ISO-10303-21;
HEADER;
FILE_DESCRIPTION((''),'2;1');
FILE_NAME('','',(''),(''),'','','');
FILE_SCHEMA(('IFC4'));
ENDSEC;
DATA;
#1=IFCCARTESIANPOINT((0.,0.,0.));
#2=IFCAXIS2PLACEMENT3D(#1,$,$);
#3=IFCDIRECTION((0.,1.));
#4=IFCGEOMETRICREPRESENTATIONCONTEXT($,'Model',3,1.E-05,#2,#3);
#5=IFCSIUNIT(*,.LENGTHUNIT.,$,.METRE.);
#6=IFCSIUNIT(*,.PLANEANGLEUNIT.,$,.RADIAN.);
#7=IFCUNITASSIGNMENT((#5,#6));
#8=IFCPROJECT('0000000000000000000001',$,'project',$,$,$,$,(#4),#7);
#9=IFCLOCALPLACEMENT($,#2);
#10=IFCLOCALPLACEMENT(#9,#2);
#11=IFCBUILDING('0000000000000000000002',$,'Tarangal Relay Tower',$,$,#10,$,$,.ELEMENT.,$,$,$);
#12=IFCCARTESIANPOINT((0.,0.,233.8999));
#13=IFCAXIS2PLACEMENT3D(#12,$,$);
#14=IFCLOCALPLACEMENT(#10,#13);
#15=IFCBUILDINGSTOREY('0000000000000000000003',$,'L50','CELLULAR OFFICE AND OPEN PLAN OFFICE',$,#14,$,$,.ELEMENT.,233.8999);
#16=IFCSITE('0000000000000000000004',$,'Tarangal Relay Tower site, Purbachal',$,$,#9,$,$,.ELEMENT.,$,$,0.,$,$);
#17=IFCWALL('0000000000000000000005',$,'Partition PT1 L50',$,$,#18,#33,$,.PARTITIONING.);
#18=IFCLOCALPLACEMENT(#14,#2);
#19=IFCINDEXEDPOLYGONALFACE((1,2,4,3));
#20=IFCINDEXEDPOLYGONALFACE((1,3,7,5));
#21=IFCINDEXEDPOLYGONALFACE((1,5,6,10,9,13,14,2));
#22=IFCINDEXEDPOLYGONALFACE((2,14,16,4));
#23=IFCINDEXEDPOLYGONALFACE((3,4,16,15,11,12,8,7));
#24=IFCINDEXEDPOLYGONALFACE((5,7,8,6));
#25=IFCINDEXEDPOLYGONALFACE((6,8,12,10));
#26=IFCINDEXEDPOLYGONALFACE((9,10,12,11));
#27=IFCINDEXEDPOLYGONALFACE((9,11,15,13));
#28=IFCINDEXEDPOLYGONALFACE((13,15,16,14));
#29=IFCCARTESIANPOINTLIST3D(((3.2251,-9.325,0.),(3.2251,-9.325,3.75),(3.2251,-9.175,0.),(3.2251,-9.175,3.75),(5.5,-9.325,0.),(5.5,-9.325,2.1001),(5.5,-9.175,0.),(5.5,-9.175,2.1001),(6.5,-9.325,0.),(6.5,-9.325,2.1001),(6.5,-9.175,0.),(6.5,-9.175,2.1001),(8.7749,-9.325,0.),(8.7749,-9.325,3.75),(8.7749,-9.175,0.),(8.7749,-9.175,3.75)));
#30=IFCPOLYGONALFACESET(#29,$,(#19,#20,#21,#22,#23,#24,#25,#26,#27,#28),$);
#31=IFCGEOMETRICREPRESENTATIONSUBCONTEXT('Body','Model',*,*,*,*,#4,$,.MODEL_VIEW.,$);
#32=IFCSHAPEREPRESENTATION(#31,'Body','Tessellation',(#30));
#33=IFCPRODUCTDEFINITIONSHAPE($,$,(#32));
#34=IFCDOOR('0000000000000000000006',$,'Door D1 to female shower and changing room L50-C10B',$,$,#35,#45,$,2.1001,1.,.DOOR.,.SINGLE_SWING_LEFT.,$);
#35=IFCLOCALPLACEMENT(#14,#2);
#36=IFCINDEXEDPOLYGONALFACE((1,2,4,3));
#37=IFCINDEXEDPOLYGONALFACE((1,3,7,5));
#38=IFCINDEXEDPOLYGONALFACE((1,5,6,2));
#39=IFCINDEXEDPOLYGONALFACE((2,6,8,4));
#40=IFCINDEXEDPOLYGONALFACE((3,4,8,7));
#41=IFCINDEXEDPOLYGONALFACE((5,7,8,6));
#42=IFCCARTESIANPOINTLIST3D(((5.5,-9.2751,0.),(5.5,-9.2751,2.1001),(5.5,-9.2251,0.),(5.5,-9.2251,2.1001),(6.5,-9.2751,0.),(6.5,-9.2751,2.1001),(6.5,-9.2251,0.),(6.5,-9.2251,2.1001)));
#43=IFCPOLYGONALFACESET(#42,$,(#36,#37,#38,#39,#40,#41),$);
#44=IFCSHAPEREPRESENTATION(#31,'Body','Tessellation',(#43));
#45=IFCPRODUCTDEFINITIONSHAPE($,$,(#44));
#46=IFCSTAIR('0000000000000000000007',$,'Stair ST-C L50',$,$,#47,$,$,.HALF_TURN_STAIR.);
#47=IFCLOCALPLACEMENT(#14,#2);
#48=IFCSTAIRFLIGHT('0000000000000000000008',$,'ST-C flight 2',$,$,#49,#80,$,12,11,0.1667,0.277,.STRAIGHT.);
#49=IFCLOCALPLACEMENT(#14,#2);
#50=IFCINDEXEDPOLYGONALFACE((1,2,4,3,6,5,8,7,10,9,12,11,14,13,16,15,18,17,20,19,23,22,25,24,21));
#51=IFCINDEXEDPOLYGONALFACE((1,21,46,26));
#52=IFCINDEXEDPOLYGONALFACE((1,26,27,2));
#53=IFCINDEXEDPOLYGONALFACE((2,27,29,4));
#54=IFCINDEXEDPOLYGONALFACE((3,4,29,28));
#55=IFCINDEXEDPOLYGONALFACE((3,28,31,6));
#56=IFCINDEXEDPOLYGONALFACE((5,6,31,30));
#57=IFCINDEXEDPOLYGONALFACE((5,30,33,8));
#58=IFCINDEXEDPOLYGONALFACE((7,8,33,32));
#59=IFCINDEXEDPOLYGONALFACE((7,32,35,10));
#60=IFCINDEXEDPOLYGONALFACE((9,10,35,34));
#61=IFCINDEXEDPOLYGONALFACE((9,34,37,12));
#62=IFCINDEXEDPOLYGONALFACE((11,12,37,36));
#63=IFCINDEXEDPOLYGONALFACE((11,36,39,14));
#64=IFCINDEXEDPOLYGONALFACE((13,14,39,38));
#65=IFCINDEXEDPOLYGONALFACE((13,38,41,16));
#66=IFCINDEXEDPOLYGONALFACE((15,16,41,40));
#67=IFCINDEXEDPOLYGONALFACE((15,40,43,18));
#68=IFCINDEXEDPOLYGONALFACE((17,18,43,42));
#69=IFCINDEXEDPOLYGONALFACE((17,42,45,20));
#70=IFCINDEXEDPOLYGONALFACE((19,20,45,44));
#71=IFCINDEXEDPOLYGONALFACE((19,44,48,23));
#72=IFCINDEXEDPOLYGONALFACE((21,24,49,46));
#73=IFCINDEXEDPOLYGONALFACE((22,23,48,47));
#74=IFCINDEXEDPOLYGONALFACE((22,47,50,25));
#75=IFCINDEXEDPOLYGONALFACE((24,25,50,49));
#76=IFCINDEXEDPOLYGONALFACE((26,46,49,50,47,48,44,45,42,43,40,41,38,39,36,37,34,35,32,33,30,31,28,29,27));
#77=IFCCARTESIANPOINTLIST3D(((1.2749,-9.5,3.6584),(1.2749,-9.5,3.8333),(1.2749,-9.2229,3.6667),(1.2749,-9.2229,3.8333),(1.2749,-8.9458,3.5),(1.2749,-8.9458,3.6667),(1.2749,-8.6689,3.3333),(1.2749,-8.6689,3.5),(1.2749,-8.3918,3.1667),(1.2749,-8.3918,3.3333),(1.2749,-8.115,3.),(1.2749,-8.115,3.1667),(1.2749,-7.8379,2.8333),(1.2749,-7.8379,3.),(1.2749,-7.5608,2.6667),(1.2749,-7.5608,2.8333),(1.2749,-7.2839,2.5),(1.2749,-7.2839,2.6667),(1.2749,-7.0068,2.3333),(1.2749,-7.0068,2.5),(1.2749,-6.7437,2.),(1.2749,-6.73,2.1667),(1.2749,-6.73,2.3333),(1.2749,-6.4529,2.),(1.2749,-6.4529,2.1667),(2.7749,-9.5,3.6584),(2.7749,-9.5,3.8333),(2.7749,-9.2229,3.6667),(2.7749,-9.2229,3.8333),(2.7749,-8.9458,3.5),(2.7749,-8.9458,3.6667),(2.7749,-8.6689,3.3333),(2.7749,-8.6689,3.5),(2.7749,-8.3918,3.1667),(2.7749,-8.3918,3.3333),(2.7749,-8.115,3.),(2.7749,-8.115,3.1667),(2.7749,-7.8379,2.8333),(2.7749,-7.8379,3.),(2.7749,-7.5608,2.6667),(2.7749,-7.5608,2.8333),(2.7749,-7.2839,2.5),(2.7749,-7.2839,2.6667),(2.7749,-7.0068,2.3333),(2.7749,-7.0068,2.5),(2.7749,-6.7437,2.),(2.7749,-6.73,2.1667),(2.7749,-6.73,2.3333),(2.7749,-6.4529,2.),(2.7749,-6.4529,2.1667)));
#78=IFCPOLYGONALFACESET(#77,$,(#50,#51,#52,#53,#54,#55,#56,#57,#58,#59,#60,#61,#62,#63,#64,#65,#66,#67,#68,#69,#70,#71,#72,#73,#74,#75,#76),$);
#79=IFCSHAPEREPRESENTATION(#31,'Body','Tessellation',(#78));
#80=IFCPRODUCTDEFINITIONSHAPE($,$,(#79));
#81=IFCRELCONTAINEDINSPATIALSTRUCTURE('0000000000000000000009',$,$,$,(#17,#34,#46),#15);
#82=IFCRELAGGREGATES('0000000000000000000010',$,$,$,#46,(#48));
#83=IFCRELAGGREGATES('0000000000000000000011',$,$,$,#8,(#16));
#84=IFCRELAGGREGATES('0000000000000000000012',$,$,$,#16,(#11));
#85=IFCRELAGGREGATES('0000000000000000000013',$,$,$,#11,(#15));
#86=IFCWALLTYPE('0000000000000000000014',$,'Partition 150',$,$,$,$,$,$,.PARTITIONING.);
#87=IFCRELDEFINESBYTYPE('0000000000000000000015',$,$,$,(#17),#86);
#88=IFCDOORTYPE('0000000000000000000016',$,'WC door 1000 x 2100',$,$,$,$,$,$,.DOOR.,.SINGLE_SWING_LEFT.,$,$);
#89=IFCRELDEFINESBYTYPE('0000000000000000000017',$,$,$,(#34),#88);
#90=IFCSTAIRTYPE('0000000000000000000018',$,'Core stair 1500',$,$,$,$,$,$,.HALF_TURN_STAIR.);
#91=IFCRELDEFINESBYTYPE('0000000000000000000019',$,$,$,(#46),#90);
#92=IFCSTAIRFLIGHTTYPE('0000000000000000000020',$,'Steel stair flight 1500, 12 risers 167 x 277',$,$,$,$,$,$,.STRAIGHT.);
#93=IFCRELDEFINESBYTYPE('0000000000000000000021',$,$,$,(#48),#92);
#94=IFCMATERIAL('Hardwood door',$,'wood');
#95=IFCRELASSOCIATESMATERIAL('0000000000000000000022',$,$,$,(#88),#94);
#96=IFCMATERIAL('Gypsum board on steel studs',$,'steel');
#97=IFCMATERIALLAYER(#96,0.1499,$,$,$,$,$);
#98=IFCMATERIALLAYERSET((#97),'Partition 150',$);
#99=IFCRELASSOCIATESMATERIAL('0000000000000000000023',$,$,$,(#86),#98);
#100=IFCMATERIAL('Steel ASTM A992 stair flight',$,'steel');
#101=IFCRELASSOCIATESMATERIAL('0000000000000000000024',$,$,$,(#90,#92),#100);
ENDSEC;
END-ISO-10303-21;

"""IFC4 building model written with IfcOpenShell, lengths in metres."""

from ifc_helpers import new_model, si_unit, direction, frame, frame_2d, origin, place, context, subcontext, project, spatial, polyline, rectangle, outline, extrude, material, layer, layer_set, type_object, element, fill, aggregate, save


model = new_model("IFC4")

# Units and contexts
model_context = context("Model", 3, precision=1e-05, world=origin(), true_north=direction((0.0, 1.0)))
body_context = subcontext(model_context, "Body", "Model", "MODEL_VIEW")
ifc_project = project(units=[si_unit("LENGTHUNIT", "METRE"), si_unit("PLANEANGLEUNIT", "RADIAN")], contexts=[model_context])

# Site, building, storey
site_placement = place(None, origin())
site = spatial("IfcSite", under=ifc_project, at=site_placement, Name="Tarangal Relay Tower site, Purbachal", CompositionType="ELEMENT", RefElevation=0.0)
building_placement = place(site_placement, origin())
building = spatial("IfcBuilding", under=site, at=building_placement, Name="Tarangal Relay Tower", CompositionType="ELEMENT")
storey_placement = place(building_placement, frame((0.0, 0.0, 233.8999)))
storey = spatial("IfcBuildingStorey", under=building, at=storey_placement, Name="L50", Description="CELLULAR OFFICE AND OPEN PLAN OFFICE", CompositionType="ELEMENT", Elevation=233.8999)

# Shared definitions
ifc_material_1 = material(Name="Hardwood door", Category="wood")
door_type = type_object("IfcDoorType", Name="WC door 1000 x 2100", OperationType="SINGLE_SWING_LEFT", PredefinedType="DOOR", material=ifc_material_1)

# Shared definitions
ifc_material_2 = material(Name="Gypsum board on steel studs", Category="steel")
ifc_layer_1 = layer(ifc_material_2, 0.1499)
ifc_layer_set_1 = layer_set([ifc_layer_1], Name="Partition 150")
wall_type_1 = type_object("IfcWallType", Name="Partition 150", PredefinedType="PARTITIONING", material=ifc_layer_set_1)

# Wall, opening, door
wall_1_placement = place(storey_placement, frame((3.2251, -9.25, 0.0), z_axis=(0.0, 0.0, 1.0), x_axis=(1.0, 0.0, 0.0)))
wall_1 = element("IfcWall", 1, at=wall_1_placement, inside=storey, type_object=wall_type_1, Name="Partition PT1 L50", PredefinedType="PARTITIONING", context=body_context, shape_type="SweptSolid", body=[
    extrude(rectangle(XDim=5.5498, YDim=0.1499, at=frame_2d((2.7749, 0.0))), origin(), (0.0, 0.0, 1.0), 3.75),
])
opening_1_placement = place(wall_1_placement, frame((2.2749, 0.0, 0.0)))
opening_1 = element("IfcOpeningElement", 2, at=opening_1_placement, cuts=wall_1, PredefinedType="OPENING", context=body_context, shape_type="SweptSolid", body=[
    extrude(rectangle(XDim=1.0, YDim=2.1001, at=frame_2d((0.5, 1.05))), frame((0.0, 0.085, 0.0), z_axis=(0.0, -1.0, 0.0), x_axis=(1.0, 0.0, 0.0)), (0.0, 0.0, 1.0), 0.1699),
])
door_1_placement = place(opening_1_placement, origin())
door_1 = element("IfcDoor", 3, at=door_1_placement, inside=storey, type_object=door_type, Name="Door D1 to female shower and changing room L50-C10B", OperationType="SINGLE_SWING_LEFT", OverallHeight=2.1001, OverallWidth=1.0, PredefinedType="DOOR", context=body_context, shape_type="SweptSolid", body=[
    extrude(rectangle(XDim=1.0, YDim=2.1001, at=frame_2d((0.5, 1.05))), frame((0.0, 0.0249, 0.0), z_axis=(0.0, -1.0, 0.0), x_axis=(1.0, 0.0, 0.0)), (0.0, 0.0, 1.0), 0.05),
])
fill(opening_1, door_1)

# Stair, stair flight
ifc_material_3 = material(Name="Steel ASTM A992 stair flight", Category="steel")
stair_type = type_object("IfcStairType", Name="Core stair 1500", PredefinedType="HALF_TURN_STAIR", material=ifc_material_3)
stair_placement = place(storey_placement, origin())
stair = element("IfcStair", 4, at=stair_placement, inside=storey, type_object=stair_type, Name="Stair ST-C L50", PredefinedType="HALF_TURN_STAIR")
stair_flight_type = type_object("IfcStairFlightType", Name="Steel stair flight 1500, 12 risers 167 x 277", PredefinedType="STRAIGHT", material=ifc_material_3)
stair_flight_placement = place(storey_placement, frame((2.0249, -6.4529, 2.0), z_axis=(0.0, 0.0, 1.0), x_axis=(0.0, -1.0, 0.0)))
stair_flight = element("IfcStairFlight", 5, at=stair_flight_placement, type_object=stair_flight_type, Name="ST-C flight 2", NumberOfRisers=12, NumberOfTreads=11, PredefinedType="STRAIGHT", RiserHeight=0.1667, TreadLength=0.277, context=body_context, shape_type="SweptSolid", body=[
    extrude(outline(polyline([(0.0, 0.0), (0.0, 0.1667), (0.2771, 0.1667), (0.2771, 0.3333), (0.554, 0.3333), (0.554, 0.5), (0.8311, 0.5), (0.8311, 0.6667), (1.1079, 0.6667), (1.1079, 0.8333), (1.385, 0.8333), (1.385, 1.0), (1.6621, 1.0), (1.6621, 1.1667), (1.939, 1.1667), (1.939, 1.3333), (2.2161, 1.3333), (2.2161, 1.5), (2.4929, 1.5), (2.4929, 1.6667), (2.77, 1.6667), (2.77, 1.8333), (3.0471, 1.8333), (3.0471, 2.0), (3.0471, 1.6584), (0.2908, 0.0), (0.0, 0.0)])), frame((0.0, 0.75, 0.0), z_axis=(0.0, -1.0, 0.0), x_axis=(1.0, 0.0, 0.0)), (0.0, 0.0, 1.0), 1.5),
])
aggregate(stair, [stair_flight])

save(model, "model.ifc")
